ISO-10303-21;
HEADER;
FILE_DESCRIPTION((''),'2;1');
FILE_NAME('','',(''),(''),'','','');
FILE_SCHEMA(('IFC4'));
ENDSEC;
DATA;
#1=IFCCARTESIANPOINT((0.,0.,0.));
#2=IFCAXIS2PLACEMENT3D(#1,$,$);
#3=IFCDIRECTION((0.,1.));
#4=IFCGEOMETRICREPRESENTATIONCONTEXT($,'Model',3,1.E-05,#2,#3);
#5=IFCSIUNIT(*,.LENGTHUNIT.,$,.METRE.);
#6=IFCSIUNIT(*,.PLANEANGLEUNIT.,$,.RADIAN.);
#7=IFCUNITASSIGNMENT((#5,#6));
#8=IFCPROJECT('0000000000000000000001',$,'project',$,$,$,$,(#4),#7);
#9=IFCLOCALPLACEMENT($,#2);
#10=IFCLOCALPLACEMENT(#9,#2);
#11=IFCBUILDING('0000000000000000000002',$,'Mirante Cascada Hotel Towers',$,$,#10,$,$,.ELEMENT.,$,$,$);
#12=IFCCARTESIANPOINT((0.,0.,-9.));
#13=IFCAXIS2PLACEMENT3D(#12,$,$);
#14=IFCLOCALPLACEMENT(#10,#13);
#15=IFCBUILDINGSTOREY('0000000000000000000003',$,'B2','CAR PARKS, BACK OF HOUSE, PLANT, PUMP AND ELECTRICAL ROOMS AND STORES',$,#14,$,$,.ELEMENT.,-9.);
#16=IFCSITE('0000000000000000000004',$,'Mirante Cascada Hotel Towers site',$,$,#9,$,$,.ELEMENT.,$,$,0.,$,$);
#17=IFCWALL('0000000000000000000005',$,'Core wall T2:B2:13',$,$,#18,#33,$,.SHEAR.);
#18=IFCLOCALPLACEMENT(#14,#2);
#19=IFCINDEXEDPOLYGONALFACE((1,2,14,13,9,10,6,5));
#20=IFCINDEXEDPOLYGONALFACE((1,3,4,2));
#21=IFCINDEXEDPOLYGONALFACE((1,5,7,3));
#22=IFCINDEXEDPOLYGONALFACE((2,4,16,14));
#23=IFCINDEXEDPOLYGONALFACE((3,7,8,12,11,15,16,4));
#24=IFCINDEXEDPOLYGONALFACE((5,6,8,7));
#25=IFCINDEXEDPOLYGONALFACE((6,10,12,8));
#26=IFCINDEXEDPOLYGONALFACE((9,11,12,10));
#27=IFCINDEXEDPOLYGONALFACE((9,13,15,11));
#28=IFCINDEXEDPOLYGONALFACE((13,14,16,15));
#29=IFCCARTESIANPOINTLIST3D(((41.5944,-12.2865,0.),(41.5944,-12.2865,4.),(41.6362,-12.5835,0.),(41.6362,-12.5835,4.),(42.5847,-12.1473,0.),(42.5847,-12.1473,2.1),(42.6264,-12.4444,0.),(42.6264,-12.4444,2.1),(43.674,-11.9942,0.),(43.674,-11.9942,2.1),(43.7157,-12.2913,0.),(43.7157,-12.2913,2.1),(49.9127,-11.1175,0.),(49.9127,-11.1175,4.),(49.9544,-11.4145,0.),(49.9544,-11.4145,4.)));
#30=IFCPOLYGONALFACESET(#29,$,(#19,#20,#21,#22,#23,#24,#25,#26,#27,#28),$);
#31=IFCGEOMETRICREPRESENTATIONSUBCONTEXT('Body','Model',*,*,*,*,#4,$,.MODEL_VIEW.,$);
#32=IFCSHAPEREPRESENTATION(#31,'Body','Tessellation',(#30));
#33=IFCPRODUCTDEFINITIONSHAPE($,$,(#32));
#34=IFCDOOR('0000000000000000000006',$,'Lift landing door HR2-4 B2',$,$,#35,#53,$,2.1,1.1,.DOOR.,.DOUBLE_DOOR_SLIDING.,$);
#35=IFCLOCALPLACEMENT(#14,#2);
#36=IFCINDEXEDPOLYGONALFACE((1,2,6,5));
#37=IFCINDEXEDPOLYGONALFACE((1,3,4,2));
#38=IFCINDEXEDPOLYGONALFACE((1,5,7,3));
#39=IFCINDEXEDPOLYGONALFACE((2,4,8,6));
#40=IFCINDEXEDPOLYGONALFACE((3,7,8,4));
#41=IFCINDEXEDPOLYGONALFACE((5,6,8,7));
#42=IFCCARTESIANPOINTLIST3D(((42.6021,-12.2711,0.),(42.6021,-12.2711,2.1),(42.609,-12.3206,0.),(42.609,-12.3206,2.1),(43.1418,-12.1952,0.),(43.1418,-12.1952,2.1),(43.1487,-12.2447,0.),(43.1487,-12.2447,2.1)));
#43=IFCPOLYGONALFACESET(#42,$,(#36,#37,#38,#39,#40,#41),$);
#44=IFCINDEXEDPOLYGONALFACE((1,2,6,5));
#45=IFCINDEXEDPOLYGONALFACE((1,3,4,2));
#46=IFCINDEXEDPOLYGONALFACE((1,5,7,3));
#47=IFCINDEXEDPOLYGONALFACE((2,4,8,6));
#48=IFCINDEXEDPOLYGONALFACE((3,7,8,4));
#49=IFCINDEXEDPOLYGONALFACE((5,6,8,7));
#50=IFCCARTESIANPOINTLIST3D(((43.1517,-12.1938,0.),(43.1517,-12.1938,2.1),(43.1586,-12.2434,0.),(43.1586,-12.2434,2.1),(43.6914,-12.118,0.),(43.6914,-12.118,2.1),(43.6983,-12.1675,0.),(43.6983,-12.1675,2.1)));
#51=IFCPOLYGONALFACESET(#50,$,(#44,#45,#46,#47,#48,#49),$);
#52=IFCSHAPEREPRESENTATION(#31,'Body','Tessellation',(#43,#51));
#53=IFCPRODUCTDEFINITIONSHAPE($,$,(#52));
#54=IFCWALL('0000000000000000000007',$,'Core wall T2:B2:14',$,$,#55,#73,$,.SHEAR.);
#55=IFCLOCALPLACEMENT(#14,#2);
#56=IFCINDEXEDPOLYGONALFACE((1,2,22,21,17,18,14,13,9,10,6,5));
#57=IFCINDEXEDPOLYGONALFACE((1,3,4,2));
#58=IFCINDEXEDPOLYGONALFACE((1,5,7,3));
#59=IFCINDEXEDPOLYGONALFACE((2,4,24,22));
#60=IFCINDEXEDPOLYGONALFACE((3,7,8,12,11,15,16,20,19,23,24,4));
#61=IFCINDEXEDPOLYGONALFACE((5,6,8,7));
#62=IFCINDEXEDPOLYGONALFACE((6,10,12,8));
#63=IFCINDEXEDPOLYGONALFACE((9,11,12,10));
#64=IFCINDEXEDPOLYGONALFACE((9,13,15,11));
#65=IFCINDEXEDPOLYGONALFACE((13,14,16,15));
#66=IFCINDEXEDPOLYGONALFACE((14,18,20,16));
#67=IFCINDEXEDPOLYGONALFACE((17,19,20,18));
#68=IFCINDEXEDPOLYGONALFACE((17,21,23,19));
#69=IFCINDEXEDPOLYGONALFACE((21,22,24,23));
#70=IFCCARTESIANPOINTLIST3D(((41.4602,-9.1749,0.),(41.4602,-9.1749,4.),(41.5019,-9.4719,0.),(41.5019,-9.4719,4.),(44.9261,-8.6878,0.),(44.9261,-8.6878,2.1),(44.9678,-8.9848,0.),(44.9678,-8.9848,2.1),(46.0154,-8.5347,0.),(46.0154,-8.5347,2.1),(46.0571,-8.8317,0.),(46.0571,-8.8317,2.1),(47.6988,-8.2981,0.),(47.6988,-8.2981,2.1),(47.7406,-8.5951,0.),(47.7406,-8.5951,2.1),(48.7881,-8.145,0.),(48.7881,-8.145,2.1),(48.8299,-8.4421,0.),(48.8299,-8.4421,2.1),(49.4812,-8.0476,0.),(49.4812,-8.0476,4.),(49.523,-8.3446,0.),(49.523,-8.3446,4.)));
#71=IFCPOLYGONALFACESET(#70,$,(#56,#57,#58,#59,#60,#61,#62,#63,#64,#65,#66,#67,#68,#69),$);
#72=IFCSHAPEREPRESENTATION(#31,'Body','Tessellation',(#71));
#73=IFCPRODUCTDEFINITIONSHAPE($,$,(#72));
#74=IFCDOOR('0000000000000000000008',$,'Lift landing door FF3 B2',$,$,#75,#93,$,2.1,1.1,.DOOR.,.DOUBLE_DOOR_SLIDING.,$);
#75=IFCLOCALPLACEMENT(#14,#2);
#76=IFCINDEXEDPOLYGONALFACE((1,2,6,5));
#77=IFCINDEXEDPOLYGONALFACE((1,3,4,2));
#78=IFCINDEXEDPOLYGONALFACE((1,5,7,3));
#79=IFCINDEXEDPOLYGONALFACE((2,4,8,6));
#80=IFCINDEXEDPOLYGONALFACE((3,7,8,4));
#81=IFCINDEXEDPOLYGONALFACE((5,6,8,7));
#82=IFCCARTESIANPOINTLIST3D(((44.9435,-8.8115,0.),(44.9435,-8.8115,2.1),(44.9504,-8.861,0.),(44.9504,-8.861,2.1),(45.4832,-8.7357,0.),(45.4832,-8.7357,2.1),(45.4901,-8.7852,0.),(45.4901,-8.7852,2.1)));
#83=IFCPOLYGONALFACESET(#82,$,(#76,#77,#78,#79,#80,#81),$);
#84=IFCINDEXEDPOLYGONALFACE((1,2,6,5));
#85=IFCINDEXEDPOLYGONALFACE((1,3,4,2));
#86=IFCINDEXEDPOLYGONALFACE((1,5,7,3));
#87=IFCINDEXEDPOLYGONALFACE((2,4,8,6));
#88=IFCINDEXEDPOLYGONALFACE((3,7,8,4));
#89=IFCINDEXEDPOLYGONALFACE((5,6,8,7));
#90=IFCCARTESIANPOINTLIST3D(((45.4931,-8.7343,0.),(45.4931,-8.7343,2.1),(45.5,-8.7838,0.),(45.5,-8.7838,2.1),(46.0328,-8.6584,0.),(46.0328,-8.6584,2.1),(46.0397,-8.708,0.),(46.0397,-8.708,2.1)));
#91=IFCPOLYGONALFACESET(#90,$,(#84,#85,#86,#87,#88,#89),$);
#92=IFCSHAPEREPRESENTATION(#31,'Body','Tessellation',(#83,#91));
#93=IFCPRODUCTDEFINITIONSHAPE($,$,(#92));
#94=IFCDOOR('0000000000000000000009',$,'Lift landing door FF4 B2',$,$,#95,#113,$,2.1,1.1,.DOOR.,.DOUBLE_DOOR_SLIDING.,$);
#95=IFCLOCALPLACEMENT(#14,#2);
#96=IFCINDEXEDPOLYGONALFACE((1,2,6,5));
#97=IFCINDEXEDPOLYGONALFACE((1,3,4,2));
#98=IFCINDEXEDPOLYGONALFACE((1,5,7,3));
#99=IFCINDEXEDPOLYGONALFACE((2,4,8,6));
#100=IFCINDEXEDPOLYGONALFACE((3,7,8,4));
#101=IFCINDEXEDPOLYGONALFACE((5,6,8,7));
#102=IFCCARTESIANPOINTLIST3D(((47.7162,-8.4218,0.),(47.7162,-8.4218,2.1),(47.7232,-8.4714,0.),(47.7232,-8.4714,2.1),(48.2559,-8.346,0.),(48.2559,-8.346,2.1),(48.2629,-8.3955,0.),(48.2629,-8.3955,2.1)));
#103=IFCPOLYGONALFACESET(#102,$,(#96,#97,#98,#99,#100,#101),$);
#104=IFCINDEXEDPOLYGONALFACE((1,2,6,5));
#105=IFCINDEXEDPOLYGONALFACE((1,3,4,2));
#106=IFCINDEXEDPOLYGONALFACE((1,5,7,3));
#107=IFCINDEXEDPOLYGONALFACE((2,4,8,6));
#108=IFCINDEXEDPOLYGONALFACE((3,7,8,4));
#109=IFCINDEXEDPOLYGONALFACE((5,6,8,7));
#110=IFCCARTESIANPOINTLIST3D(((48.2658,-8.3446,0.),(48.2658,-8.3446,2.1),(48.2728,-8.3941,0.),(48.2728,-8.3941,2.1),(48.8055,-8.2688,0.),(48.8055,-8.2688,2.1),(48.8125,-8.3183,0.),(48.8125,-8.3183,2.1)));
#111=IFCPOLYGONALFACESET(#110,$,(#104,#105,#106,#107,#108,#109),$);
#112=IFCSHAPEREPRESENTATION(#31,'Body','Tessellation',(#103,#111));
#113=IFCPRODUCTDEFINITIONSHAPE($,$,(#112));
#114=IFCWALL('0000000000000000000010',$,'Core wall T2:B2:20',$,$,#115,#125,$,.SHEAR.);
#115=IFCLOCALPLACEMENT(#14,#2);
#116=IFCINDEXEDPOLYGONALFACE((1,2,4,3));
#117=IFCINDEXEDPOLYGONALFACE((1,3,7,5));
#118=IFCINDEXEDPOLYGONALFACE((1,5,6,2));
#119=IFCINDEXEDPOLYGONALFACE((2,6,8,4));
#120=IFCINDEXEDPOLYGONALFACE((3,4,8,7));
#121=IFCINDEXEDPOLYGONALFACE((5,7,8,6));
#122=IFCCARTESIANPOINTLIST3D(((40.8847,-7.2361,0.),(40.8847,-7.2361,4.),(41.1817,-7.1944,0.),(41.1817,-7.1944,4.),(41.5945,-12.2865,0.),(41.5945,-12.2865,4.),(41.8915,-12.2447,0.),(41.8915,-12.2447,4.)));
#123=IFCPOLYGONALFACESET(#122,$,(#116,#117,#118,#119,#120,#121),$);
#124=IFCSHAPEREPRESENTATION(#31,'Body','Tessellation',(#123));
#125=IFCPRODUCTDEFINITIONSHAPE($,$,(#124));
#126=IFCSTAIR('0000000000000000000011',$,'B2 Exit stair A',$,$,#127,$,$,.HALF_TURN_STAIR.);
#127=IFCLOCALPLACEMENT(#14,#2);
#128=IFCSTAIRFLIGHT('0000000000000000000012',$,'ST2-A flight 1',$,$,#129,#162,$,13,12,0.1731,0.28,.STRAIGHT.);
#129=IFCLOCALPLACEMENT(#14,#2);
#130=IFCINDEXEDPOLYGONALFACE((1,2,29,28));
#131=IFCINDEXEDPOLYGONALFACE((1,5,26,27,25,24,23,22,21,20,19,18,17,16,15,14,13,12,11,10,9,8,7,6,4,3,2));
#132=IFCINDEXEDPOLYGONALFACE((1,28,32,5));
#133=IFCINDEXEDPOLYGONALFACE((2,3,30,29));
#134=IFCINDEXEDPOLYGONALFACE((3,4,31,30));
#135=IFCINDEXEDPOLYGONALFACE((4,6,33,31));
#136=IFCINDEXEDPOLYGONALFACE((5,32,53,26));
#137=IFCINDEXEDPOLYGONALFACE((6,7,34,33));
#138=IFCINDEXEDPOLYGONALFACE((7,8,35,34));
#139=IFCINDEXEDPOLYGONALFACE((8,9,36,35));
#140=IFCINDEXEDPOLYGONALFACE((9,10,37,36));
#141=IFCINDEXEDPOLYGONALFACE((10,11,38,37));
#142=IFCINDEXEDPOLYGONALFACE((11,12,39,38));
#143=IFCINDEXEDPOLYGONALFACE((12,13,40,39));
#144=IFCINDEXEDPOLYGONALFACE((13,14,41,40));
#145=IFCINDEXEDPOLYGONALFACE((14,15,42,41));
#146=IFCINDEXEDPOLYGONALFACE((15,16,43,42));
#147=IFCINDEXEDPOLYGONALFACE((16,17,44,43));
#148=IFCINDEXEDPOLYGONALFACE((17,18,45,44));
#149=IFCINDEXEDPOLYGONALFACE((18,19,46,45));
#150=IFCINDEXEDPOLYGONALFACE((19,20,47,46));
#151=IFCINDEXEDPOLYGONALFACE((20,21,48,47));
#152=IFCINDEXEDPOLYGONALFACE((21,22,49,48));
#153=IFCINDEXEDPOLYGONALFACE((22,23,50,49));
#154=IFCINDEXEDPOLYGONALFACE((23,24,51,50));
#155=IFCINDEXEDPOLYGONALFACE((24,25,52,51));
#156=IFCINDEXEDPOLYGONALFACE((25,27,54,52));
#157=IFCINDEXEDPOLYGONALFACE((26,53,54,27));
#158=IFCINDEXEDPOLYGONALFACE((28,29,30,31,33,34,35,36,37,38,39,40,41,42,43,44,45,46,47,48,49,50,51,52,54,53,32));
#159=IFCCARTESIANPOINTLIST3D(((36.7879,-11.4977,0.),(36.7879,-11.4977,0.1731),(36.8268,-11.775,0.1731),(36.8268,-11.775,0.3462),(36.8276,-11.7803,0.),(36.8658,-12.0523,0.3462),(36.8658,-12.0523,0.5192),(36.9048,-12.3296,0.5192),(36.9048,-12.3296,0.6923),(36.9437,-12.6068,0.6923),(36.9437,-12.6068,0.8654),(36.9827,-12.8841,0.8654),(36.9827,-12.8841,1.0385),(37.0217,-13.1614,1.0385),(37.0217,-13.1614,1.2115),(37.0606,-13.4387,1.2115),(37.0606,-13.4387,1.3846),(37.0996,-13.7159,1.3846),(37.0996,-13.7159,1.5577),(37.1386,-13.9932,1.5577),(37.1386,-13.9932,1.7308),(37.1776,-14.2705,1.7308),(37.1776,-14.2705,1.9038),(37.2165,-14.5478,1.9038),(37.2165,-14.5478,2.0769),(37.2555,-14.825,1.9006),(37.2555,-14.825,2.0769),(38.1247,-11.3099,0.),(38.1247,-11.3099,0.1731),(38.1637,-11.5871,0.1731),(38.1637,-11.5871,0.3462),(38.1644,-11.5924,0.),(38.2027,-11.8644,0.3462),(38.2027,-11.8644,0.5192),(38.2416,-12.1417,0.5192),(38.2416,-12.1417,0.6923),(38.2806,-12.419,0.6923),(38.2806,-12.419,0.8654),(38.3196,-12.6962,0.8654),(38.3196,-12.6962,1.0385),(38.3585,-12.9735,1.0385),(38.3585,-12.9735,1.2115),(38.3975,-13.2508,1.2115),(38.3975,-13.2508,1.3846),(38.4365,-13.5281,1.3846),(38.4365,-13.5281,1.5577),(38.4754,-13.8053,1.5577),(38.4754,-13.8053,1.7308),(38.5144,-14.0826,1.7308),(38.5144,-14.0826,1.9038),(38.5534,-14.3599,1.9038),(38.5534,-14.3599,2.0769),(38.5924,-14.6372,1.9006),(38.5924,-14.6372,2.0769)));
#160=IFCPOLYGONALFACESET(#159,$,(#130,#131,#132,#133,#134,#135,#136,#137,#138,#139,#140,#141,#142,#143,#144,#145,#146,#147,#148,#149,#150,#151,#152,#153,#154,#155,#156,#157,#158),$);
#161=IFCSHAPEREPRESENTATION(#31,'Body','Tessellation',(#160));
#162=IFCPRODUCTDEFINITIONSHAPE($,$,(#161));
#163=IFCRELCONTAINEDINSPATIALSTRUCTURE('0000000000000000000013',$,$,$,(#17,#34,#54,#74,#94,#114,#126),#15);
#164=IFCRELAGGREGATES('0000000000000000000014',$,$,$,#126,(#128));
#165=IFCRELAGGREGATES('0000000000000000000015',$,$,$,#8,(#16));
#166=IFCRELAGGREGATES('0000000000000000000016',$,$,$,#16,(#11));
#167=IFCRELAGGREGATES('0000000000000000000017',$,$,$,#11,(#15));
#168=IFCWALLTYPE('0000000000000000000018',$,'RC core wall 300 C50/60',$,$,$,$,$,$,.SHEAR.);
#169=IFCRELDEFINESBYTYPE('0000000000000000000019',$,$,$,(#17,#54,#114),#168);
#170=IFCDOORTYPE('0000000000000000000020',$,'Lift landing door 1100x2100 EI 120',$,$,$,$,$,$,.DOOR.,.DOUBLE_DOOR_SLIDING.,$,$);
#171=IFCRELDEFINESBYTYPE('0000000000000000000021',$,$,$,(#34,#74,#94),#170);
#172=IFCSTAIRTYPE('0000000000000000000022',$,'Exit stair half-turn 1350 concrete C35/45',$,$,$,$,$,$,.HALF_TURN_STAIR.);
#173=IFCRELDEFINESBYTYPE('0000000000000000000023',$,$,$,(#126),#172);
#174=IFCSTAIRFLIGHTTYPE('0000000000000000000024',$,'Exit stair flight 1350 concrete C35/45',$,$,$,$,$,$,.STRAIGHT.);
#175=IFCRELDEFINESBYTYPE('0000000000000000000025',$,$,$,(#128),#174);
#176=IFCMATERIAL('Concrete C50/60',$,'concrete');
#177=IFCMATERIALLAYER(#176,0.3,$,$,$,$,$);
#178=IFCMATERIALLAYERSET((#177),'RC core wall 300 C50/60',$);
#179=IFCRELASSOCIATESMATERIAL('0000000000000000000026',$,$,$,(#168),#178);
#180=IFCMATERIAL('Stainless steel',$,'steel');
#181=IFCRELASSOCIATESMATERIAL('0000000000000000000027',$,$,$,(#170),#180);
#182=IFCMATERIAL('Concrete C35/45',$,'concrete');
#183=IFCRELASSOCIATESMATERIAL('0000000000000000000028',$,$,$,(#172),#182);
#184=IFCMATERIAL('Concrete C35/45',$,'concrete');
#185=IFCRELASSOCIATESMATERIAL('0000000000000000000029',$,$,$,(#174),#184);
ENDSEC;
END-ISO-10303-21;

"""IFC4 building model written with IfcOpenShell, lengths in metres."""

from ifc_helpers import new_model, si_unit, direction, frame, frame_2d, origin, place, context, subcontext, project, spatial, polyline, rectangle, outline, extrude, material, layer, layer_set, type_object, element, fill, aggregate, save


model = new_model("IFC4")

# Units and contexts
model_context = context("Model", 3, precision=1e-05, world=origin(), true_north=direction((0.0, 1.0)))
body_context = subcontext(model_context, "Body", "Model", "MODEL_VIEW")
ifc_project = project(units=[si_unit("LENGTHUNIT", "METRE"), si_unit("PLANEANGLEUNIT", "RADIAN")], contexts=[model_context])

# Site, building, storey
site_placement = place(None, origin())
site = spatial("IfcSite", under=ifc_project, at=site_placement, Name="Mirante Cascada Hotel Towers site", CompositionType="ELEMENT", RefElevation=0.0)
building_placement = place(site_placement, origin())
building = spatial("IfcBuilding", under=site, at=building_placement, Name="Mirante Cascada Hotel Towers", CompositionType="ELEMENT")
storey_placement = place(building_placement, frame((0.0, 0.0, -9.0)))
storey = spatial("IfcBuildingStorey", under=building, at=storey_placement, Name="B2", Description="CAR PARKS, BACK OF HOUSE, PLANT, PUMP AND ELECTRICAL ROOMS AND STORES", CompositionType="ELEMENT", Elevation=-9.0)

# Wall, opening, door
ifc_material_1 = material(Name="Concrete C50/60", Category="concrete")
ifc_layer = layer(ifc_material_1, 0.3)
ifc_layer_set = layer_set([ifc_layer], Name="RC core wall 300 C50/60")
wall_type = type_object("IfcWallType", Name="RC core wall 300 C50/60", PredefinedType="SHEAR", material=ifc_layer_set)
wall_1_placement = place(storey_placement, frame((41.6153, -12.435, 0.0), z_axis=(0.0, 0.0, 1.0), x_axis=(0.990269, 0.139166, 0.0)))
wall_1 = element("IfcWall", 1, at=wall_1_placement, inside=storey, type_object=wall_type, Name="Core wall T2:B2:13", PredefinedType="SHEAR", context=body_context, shape_type="SweptSolid", body=[
    extrude(rectangle(XDim=8.4, YDim=0.3, at=frame_2d((4.2, 0.0))), origin(), (0.0, 0.0, 1.0), 4.0),
])
opening_1_placement = place(wall_1_placement, frame((1.0, 0.0, 0.0)))
opening_1 = element("IfcOpeningElement", 2, at=opening_1_placement, cuts=wall_1, PredefinedType="OPENING", context=body_context, shape_type="SweptSolid", body=[
    extrude(rectangle(XDim=1.1, YDim=2.1, at=frame_2d((0.55, 1.05))), frame((0.0, 0.15, 0.0), z_axis=(0.0, -1.0, 0.0), x_axis=(1.0, 0.0, 0.0)), (0.0, 0.0, 1.0), 0.3),
])
ifc_material_2 = material(Name="Stainless steel", Category="steel")
door_type = type_object("IfcDoorType", Name="Lift landing door 1100x2100 EI 120", OperationType="DOUBLE_DOOR_SLIDING", PredefinedType="DOOR", material=ifc_material_2)
door_1_placement = place(opening_1_placement, origin())
door_1 = element("IfcDoor", 3, at=door_1_placement, inside=storey, type_object=door_type, Name="Lift landing door HR2-4 B2", OperationType="DOUBLE_DOOR_SLIDING", OverallHeight=2.1, OverallWidth=1.1, PredefinedType="DOOR", context=body_context, shape_type="SweptSolid", body=[
    extrude(rectangle(XDim=0.545, YDim=2.1, at=frame_2d((0.2725, 1.05))), frame((0.0, 0.025, 0.0), z_axis=(0.0, -1.0, 0.0), x_axis=(1.0, 0.0, 0.0)), (0.0, 0.0, 1.0), 0.05),
    extrude(rectangle(XDim=0.545, YDim=2.1, at=frame_2d((0.8275, 1.05))), frame((0.0, 0.025, 0.0), z_axis=(0.0, -1.0, 0.0), x_axis=(1.0, 0.0, 0.0)), (0.0, 0.0, 1.0), 0.05),
])
fill(opening_1, door_1)

# Wall, openings, doors
wall_2_placement = place(storey_placement, frame((41.481, -9.3234, 0.0), z_axis=(0.0, 0.0, 1.0), x_axis=(0.990268, 0.139174, 0.0)))
wall_2 = element("IfcWall", 4, at=wall_2_placement, inside=storey, type_object=wall_type, Name="Core wall T2:B2:14", PredefinedType="SHEAR", context=body_context, shape_type="SweptSolid", body=[
    extrude(rectangle(XDim=8.0999, YDim=0.3, at=frame_2d((4.05, 0.0))), origin(), (0.0, 0.0, 1.0), 4.0),
])
opening_2_placement = place(wall_2_placement, frame((3.5, 0.0, 0.0)))
opening_2 = element("IfcOpeningElement", 5, at=opening_2_placement, cuts=wall_2, PredefinedType="OPENING", context=body_context, shape_type="SweptSolid", body=[
    extrude(rectangle(XDim=1.1, YDim=2.1, at=frame_2d((0.55, 1.05))), frame((0.0, 0.15, 0.0), z_axis=(0.0, -1.0, 0.0), x_axis=(1.0, 0.0, 0.0)), (0.0, 0.0, 1.0), 0.3),
])
opening_3_placement = place(wall_2_placement, frame((6.3, 0.0, 0.0)))
opening_3 = element("IfcOpeningElement", 6, at=opening_3_placement, cuts=wall_2, PredefinedType="OPENING", context=body_context, shape_type="SweptSolid", body=[
    extrude(rectangle(XDim=1.1, YDim=2.1, at=frame_2d((0.55, 1.05))), frame((0.0, 0.15, 0.0), z_axis=(0.0, -1.0, 0.0), x_axis=(1.0, 0.0, 0.0)), (0.0, 0.0, 1.0), 0.3),
])
door_2_placement = place(opening_2_placement, origin())
door_2 = element("IfcDoor", 7, at=door_2_placement, inside=storey, type_object=door_type, Name="Lift landing door FF3 B2", OperationType="DOUBLE_DOOR_SLIDING", OverallHeight=2.1, OverallWidth=1.1, PredefinedType="DOOR", context=body_context, shape_type="SweptSolid", body=[
    extrude(rectangle(XDim=0.545, YDim=2.1, at=frame_2d((0.2725, 1.05))), frame((0.0, 0.025, 0.0), z_axis=(0.0, -1.0, 0.0), x_axis=(1.0, 0.0, 0.0)), (0.0, 0.0, 1.0), 0.05),
    extrude(rectangle(XDim=0.545, YDim=2.1, at=frame_2d((0.8275, 1.05))), frame((0.0, 0.025, 0.0), z_axis=(0.0, -1.0, 0.0), x_axis=(1.0, 0.0, 0.0)), (0.0, 0.0, 1.0), 0.05),
])
fill(opening_2, door_2)
door_3_placement = place(opening_3_placement, origin())
door_3 = element("IfcDoor", 8, at=door_3_placement, inside=storey, type_object=door_type, Name="Lift landing door FF4 B2", OperationType="DOUBLE_DOOR_SLIDING", OverallHeight=2.1, OverallWidth=1.1, PredefinedType="DOOR", context=body_context, shape_type="SweptSolid", body=[
    extrude(rectangle(XDim=0.545, YDim=2.1, at=frame_2d((0.2725, 1.05))), frame((0.0, 0.025, 0.0), z_axis=(0.0, -1.0, 0.0), x_axis=(1.0, 0.0, 0.0)), (0.0, 0.0, 1.0), 0.05),
    extrude(rectangle(XDim=0.545, YDim=2.1, at=frame_2d((0.8275, 1.05))), frame((0.0, 0.025, 0.0), z_axis=(0.0, -1.0, 0.0), x_axis=(1.0, 0.0, 0.0)), (0.0, 0.0, 1.0), 0.05),
])
fill(opening_3, door_3)

# Wall
wall_3_placement = place(storey_placement, frame((41.743, -12.2656, 0.0), z_axis=(0.0, 0.0, 1.0), x_axis=(-0.139176, 0.990268, 0.0)))
element("IfcWall", 9, at=wall_3_placement, inside=storey, type_object=wall_type, Name="Core wall T2:B2:20", PredefinedType="SHEAR", context=body_context, shape_type="SweptSolid", body=[
    extrude(rectangle(XDim=5.1, YDim=0.3, at=frame_2d((2.55, 0.0))), origin(), (0.0, 0.0, 1.0), 4.0),
])

# Stair, stair flight
ifc_material_3 = material(Name="Concrete C35/45", Category="concrete")
stair_type = type_object("IfcStairType", Name="Exit stair half-turn 1350 concrete C35/45", PredefinedType="HALF_TURN_STAIR", material=ifc_material_3)
stair_placement = place(storey_placement, origin())
stair = element("IfcStair", 10, at=stair_placement, inside=storey, type_object=stair_type, Name="B2 Exit stair A", PredefinedType="HALF_TURN_STAIR")
ifc_material_4 = material(Name="Concrete C35/45", Category="concrete")
stair_flight_type = type_object("IfcStairFlightType", Name="Exit stair flight 1350 concrete C35/45", PredefinedType="STRAIGHT", material=ifc_material_4)
stair_flight_1_placement = place(storey_placement, frame((37.4563, -11.4038, 0.0), z_axis=(0.0, 0.0, 1.0), x_axis=(0.139173, -0.990268, 0.0)))
stair_flight_1 = element("IfcStairFlight", 11, at=stair_flight_1_placement, type_object=stair_flight_type, Name="ST2-A flight 1", NumberOfRisers=13, NumberOfTreads=12, PredefinedType="STRAIGHT", RiserHeight=0.1731, TreadLength=0.28, context=body_context, shape_type="SweptSolid", body=[
    extrude(outline(polyline([(0.0, 0.0), (0.0, 0.1731), (0.28, 0.1731), (0.28, 0.3462), (0.56, 0.3462), (0.56, 0.5192), (0.84, 0.5192), (0.84, 0.6923), (1.12, 0.6923), (1.12, 0.8654), (1.4, 0.8654), (1.4, 1.0385), (1.68, 1.0385), (1.68, 1.2115), (1.96, 1.2115), (1.96, 1.3846), (2.24, 1.3846), (2.24, 1.5577), (2.52, 1.5577), (2.52, 1.7308), (2.8, 1.7308), (2.8, 1.9038), (3.08, 1.9038), (3.08, 2.0769), (3.36, 2.0769), (3.36, 2.25), (3.36, 1.9006), (0.2853, 0.0), (0.0, 0.0)])), frame((0.0, 0.675, 0.0), z_axis=(0.0, -1.0, 0.0), x_axis=(1.0, 0.0, 0.0)), (0.0, 0.0, 1.0), 1.35),
])
aggregate(stair, [stair_flight_1])

save(model, "model.ifc")
